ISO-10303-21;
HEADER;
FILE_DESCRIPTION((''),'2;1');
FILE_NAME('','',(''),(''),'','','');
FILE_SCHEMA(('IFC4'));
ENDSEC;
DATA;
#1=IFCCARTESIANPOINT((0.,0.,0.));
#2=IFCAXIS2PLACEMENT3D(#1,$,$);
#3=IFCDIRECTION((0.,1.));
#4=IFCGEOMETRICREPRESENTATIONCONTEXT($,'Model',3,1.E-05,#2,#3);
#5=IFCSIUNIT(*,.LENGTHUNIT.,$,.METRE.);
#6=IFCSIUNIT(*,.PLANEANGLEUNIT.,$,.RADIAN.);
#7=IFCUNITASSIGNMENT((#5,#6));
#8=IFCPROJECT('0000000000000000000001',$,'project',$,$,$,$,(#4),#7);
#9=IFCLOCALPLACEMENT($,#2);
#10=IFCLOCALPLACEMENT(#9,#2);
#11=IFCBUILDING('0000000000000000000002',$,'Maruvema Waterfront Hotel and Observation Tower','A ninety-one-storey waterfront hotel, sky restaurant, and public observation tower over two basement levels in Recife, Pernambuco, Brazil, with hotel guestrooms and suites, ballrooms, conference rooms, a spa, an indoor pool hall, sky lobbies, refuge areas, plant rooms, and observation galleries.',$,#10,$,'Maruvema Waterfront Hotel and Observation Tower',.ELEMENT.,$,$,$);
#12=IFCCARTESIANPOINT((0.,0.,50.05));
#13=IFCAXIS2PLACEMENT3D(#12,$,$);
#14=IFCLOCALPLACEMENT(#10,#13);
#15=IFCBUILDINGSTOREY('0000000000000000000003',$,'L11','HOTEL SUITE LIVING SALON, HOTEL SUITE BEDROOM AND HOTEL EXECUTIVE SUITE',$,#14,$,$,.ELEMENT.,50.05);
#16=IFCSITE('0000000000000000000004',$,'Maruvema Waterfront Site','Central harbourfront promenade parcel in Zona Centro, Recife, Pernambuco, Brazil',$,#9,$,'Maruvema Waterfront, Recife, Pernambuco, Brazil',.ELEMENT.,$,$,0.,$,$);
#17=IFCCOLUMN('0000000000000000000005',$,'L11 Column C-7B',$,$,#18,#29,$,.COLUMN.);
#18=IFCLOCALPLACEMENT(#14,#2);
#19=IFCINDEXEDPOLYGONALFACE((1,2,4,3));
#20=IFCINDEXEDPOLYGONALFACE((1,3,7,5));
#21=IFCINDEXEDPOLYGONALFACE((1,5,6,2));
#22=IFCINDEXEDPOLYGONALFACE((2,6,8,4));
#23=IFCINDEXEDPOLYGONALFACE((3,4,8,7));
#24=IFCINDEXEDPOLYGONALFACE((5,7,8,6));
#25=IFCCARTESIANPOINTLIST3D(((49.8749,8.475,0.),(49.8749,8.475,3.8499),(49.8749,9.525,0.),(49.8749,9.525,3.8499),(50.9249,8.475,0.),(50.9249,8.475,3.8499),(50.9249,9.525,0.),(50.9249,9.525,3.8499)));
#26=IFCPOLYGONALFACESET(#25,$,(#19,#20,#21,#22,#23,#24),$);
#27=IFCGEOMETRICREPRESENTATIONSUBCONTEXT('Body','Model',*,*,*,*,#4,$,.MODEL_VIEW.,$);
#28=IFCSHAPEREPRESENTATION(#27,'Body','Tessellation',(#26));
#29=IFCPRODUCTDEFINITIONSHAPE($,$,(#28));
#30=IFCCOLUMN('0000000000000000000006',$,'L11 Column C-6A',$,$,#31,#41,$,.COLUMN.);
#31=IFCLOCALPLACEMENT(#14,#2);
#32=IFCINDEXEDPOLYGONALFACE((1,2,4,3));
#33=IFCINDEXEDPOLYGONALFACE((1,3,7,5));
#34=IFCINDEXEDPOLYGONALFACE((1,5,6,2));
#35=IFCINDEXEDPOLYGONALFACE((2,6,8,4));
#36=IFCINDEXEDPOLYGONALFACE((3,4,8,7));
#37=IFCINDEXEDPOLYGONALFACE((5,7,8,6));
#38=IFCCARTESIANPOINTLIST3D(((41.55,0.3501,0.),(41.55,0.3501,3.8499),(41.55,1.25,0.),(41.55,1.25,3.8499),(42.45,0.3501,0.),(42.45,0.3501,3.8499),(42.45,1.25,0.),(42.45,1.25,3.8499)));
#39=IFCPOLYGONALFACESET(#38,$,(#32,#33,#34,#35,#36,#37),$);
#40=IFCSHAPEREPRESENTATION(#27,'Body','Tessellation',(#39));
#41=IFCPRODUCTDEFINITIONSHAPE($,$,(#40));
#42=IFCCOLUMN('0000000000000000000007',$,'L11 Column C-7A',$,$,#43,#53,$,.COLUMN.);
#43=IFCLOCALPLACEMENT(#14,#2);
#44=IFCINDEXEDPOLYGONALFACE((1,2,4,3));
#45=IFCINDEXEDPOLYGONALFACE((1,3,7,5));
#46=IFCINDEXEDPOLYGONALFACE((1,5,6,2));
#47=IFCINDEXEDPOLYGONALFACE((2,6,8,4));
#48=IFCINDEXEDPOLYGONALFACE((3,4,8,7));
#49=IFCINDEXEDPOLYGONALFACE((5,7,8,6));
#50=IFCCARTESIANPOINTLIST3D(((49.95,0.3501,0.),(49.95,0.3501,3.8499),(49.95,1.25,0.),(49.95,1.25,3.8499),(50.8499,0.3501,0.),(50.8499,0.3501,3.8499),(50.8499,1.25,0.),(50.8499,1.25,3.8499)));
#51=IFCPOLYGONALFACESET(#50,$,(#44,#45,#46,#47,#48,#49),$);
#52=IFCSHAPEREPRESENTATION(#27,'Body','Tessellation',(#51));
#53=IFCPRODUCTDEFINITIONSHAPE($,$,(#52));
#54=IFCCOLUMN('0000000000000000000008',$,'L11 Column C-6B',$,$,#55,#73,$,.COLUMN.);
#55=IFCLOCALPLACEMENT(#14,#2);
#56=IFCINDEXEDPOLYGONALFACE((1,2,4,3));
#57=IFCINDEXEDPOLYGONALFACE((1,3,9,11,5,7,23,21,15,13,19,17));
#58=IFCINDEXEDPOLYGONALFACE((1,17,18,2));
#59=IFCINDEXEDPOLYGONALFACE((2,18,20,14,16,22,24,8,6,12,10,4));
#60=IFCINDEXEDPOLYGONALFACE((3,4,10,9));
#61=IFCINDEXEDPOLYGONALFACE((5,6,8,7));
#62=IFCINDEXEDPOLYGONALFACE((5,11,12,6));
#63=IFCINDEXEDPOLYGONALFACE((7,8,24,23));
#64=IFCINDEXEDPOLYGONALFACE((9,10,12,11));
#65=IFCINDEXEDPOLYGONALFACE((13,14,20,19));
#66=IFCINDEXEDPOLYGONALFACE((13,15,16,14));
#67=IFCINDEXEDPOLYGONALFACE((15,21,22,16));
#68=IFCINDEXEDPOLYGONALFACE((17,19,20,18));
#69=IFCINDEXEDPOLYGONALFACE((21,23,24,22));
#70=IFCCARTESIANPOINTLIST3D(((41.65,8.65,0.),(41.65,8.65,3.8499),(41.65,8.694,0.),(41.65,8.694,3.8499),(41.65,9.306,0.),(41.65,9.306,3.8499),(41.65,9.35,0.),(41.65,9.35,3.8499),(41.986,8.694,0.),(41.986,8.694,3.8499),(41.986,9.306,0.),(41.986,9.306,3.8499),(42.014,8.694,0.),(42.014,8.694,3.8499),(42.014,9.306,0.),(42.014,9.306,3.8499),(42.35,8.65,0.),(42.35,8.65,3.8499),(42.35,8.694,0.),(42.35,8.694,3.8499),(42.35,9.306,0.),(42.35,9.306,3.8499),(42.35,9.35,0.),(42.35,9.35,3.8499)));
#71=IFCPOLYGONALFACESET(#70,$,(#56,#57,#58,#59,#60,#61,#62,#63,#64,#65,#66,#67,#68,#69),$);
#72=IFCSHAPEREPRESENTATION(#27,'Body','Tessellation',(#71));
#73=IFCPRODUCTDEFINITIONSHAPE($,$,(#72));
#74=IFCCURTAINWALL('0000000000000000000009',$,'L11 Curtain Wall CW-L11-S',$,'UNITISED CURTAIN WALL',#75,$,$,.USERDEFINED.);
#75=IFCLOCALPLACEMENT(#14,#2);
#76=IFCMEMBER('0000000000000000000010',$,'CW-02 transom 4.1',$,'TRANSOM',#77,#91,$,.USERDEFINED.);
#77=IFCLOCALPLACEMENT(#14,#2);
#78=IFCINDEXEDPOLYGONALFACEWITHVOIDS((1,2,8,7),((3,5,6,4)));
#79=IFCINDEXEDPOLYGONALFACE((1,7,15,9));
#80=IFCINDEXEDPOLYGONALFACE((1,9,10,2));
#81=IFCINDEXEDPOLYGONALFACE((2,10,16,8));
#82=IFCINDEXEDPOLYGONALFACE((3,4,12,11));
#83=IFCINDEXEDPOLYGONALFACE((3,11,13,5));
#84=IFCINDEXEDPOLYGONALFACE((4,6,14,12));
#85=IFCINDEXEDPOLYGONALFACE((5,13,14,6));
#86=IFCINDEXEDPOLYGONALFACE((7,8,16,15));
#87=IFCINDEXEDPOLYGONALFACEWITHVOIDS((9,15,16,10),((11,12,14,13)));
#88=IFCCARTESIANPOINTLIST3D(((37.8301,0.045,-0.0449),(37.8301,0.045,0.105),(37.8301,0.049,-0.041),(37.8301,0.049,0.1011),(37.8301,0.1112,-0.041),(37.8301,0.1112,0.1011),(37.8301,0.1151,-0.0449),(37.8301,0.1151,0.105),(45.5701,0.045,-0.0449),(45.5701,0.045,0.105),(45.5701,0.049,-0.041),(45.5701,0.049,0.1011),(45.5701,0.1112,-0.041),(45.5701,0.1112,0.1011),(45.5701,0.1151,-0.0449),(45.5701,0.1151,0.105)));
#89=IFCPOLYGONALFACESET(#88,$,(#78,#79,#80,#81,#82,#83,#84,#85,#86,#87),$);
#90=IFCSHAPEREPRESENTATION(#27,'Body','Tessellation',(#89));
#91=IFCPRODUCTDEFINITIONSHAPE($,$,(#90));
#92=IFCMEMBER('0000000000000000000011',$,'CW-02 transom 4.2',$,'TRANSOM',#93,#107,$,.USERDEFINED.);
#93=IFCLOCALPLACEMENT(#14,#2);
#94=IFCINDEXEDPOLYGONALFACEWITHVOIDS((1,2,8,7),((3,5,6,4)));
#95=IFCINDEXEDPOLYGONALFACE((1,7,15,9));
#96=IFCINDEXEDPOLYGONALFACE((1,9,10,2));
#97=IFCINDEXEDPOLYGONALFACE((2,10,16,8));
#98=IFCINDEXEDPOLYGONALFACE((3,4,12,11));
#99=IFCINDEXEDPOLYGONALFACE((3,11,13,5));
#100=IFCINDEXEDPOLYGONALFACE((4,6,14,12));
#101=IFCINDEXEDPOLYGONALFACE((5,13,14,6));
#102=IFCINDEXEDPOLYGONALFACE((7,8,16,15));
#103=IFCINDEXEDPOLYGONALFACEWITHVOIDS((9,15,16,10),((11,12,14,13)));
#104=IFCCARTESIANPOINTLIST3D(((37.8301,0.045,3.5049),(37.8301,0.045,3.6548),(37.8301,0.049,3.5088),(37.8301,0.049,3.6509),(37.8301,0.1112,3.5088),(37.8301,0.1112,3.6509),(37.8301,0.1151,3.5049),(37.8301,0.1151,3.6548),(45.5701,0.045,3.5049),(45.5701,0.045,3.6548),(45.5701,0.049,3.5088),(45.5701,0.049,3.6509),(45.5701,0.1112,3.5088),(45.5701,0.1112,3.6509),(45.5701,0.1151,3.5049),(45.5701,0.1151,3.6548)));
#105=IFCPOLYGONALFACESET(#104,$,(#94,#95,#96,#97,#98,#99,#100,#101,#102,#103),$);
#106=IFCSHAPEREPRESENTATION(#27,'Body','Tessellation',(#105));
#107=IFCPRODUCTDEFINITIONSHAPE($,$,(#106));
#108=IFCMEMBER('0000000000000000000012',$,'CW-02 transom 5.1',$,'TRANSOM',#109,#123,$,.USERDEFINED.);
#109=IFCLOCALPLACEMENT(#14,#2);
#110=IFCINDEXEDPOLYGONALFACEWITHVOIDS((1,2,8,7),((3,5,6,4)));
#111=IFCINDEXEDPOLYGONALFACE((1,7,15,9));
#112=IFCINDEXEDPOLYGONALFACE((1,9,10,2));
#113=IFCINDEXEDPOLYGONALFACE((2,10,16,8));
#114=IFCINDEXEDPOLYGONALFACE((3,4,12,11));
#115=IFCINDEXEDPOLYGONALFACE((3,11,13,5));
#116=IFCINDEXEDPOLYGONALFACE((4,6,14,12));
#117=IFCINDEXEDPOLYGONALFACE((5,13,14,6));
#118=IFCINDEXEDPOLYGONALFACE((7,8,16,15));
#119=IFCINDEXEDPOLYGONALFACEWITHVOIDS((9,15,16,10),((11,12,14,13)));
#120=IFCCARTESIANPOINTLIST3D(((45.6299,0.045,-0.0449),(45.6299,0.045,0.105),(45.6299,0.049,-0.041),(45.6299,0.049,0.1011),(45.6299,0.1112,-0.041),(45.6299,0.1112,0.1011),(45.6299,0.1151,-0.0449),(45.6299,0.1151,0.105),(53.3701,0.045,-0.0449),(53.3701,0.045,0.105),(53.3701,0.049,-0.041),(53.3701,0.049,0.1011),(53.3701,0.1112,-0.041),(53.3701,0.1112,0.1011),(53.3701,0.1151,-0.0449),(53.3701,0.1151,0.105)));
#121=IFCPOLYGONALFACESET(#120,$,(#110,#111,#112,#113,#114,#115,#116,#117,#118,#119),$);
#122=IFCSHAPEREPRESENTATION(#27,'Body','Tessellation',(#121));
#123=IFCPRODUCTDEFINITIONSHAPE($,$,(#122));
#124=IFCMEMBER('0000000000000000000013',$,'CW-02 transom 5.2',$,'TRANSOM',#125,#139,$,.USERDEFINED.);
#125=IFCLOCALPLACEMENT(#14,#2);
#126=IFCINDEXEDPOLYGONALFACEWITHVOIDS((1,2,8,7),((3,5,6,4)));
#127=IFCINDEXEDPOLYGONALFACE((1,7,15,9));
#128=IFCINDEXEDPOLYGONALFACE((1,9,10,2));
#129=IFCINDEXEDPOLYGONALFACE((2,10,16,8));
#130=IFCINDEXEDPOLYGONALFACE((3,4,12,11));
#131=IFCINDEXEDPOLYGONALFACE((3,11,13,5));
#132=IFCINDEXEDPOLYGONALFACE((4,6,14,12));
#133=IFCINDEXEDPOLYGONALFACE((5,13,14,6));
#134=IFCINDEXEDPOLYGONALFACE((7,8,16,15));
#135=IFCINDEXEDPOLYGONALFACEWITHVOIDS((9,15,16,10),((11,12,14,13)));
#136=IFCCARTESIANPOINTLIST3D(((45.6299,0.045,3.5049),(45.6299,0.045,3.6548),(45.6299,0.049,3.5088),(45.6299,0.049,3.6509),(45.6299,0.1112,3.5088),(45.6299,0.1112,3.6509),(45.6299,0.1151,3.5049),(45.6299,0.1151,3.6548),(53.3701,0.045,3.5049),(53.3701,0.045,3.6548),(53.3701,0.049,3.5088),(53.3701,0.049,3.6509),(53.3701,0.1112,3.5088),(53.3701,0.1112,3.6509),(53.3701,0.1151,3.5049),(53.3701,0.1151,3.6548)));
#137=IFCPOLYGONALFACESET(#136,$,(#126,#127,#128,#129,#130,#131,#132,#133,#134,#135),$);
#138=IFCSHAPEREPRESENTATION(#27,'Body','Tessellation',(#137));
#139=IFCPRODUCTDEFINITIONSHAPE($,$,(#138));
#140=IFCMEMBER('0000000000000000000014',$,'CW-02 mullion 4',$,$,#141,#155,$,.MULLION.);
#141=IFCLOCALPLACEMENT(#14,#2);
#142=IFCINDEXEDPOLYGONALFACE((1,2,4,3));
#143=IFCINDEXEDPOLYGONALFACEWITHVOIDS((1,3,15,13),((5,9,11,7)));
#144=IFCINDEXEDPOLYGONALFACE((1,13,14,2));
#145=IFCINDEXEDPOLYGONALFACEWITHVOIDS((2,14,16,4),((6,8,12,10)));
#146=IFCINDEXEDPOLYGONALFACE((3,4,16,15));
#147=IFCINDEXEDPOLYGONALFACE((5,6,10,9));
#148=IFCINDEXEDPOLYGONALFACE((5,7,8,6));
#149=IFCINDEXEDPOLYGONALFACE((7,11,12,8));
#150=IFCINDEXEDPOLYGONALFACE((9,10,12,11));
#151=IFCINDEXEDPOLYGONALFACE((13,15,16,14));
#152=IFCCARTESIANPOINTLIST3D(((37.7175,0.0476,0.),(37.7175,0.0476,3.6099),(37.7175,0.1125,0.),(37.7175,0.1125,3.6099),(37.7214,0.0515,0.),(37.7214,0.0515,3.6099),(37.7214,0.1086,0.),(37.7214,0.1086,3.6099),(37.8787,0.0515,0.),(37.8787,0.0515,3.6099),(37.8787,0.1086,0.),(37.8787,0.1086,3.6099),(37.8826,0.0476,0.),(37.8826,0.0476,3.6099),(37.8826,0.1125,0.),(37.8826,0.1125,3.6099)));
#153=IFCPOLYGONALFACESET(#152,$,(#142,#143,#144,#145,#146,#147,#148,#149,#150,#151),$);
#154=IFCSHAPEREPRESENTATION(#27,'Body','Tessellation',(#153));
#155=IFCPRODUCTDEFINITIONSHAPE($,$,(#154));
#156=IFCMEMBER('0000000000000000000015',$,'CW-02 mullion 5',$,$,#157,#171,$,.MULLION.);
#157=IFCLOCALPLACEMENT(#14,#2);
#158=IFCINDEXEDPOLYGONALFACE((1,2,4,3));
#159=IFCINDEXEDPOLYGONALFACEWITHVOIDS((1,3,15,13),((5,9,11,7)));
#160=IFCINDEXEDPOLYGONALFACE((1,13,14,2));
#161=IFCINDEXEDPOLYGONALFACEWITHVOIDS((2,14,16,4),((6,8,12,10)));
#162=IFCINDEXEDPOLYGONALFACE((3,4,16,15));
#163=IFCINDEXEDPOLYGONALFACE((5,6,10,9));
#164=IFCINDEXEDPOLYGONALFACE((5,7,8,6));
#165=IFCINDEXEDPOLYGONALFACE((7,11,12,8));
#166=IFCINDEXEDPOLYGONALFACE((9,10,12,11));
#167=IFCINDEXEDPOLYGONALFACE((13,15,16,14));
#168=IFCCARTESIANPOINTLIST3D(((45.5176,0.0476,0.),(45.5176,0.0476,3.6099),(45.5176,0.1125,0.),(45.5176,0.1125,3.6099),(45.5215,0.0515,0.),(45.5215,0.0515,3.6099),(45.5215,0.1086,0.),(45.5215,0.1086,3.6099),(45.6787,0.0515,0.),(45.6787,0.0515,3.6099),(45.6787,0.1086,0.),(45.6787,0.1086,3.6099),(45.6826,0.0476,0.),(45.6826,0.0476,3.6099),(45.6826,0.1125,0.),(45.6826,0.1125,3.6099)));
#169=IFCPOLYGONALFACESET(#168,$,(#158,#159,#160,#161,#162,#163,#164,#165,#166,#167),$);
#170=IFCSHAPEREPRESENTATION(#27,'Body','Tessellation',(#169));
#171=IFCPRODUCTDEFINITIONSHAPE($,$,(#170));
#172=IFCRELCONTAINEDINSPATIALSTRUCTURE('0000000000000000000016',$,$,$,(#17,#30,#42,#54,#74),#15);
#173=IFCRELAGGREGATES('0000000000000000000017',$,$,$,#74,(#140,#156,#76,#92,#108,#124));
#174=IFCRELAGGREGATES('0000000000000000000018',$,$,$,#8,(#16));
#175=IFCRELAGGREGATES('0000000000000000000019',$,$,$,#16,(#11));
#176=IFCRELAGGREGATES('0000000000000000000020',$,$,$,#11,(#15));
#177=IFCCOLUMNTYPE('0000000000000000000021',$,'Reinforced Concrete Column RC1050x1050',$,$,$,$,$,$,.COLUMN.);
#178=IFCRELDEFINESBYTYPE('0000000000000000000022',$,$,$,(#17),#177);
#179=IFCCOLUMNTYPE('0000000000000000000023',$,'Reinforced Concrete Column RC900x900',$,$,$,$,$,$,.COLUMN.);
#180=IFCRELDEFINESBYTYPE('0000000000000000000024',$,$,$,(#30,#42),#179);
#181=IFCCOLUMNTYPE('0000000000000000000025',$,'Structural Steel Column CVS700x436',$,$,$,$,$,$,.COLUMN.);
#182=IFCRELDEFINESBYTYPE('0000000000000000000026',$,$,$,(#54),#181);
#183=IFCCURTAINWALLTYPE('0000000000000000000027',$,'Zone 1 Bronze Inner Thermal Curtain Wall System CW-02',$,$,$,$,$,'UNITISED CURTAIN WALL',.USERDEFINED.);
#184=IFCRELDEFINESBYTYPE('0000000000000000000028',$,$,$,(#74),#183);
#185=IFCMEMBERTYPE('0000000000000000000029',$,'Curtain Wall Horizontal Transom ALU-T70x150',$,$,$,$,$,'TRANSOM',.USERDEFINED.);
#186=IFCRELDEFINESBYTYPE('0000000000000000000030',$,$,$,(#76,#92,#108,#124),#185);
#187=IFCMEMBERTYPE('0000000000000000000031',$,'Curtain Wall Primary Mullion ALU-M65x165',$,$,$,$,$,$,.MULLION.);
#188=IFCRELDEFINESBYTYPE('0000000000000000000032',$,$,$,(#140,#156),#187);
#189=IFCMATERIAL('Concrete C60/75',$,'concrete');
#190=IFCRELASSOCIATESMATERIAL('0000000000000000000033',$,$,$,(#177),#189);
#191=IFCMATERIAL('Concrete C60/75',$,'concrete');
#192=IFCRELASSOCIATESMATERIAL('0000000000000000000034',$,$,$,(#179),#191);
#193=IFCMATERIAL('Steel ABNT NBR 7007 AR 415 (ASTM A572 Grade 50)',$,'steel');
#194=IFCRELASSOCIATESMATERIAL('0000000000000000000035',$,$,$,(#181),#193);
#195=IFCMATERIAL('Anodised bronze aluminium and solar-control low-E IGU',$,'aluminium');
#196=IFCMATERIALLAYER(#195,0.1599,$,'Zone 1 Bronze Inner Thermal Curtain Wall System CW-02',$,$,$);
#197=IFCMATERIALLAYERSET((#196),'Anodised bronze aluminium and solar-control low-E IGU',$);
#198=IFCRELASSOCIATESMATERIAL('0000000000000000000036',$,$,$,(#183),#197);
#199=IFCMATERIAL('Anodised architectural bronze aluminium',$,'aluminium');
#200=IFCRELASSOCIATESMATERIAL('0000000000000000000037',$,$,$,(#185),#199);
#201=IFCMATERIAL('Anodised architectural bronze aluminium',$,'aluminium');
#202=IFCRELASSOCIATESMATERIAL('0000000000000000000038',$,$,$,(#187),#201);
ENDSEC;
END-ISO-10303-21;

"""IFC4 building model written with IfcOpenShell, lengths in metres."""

from ifc_helpers import new_model, si_unit, direction, frame, origin, origin_2d, place, context, subcontext, project, spatial, rectangle, hollow_rectangle, i_section, extrude, material, layer, layer_set, material_profile, profile_set, type_object, element, aggregate, save


model = new_model("IFC4")

# Units and contexts
model_context = context("Model", 3, precision=1e-05, world=origin(), true_north=direction((0.0, 1.0)))
body_context = subcontext(model_context, "Body", "Model", "MODEL_VIEW")
ifc_project = project(units=[si_unit("LENGTHUNIT", "METRE"), si_unit("PLANEANGLEUNIT", "RADIAN")], contexts=[model_context])

# Site, building, storey
site_placement = place(None, origin())
site = spatial("IfcSite", under=ifc_project, at=site_placement, Name="Maruvema Waterfront Site", Description="Central harbourfront promenade parcel in Zona Centro, Recife, Pernambuco, Brazil", LongName="Maruvema Waterfront, Recife, Pernambuco, Brazil", CompositionType="ELEMENT", RefElevation=0.0)
building_placement = place(site_placement, origin())
building = spatial("IfcBuilding", under=site, at=building_placement, Name="Maruvema Waterfront Hotel and Observation Tower", Description="A ninety-one-storey waterfront hotel, sky restaurant, and public observation tower over two basement levels in Recife, Pernambuco, Brazil, with hotel guestrooms and suites, ballrooms, conference rooms, a spa, an indoor pool hall, sky lobbies, refuge areas, plant rooms, and observation galleries.", LongName="Maruvema Waterfront Hotel and Observation Tower", CompositionType="ELEMENT")
storey_placement = place(building_placement, frame((0.0, 0.0, 50.05)))
storey = spatial("IfcBuildingStorey", under=building, at=storey_placement, Name="L11", Description="HOTEL SUITE LIVING SALON, HOTEL SUITE BEDROOM AND HOTEL EXECUTIVE SUITE", CompositionType="ELEMENT", Elevation=50.05)

# Columns
ifc_material_1 = material(Name="Concrete C60/75", Category="concrete")
ifc_material_profile_1 = material_profile(ifc_material_1, rectangle(XDim=1.05, YDim=1.05, at=origin_2d()), Name="RC1050x1050")
ifc_profile_set_1 = profile_set([ifc_material_profile_1], Name="Concrete C60/75")
column_type_1 = type_object("IfcColumnType", Name="Reinforced Concrete Column RC1050x1050", PredefinedType="COLUMN", material=ifc_profile_set_1)
column_1_placement = place(storey_placement, frame((50.3999, 9.0, 0.0), z_axis=(0.0, 0.0, 1.0), x_axis=(1.0, 0.0, 0.0)))
element("IfcColumn", 1, at=column_1_placement, inside=storey, type_object=column_type_1, Name="L11 Column C-7B", PredefinedType="COLUMN", context=body_context, shape_type="SweptSolid", body=[
    extrude(rectangle(XDim=1.05, YDim=1.05, at=origin_2d()), origin(), (0.0, 0.0, 1.0), 3.8499),
])
ifc_material_2 = material(Name="Concrete C60/75", Category="concrete")
ifc_material_profile_2 = material_profile(ifc_material_2, rectangle(XDim=0.8999, YDim=0.8999, at=origin_2d()), Name="RC900x900")
ifc_profile_set_2 = profile_set([ifc_material_profile_2], Name="Concrete C60/75")
column_type_2 = type_object("IfcColumnType", Name="Reinforced Concrete Column RC900x900", PredefinedType="COLUMN", material=ifc_profile_set_2)
for number, where, z_axis, x_axis, name in (
    (2, (42.0, 0.8, 0.0), (0.0, 0.0, 1.0), (1.0, 0.0, 0.0), "L11 Column C-6A"),
    (3, (50.3999, 0.8, 0.0), (0.0, 0.0, 1.0), (1.0, 0.0, 0.0), "L11 Column C-7A"),
):
    element("IfcColumn", number, at=place(storey_placement, frame(where, z_axis=z_axis, x_axis=x_axis)), inside=storey, type_object=column_type_2, Name=name, PredefinedType="COLUMN", context=body_context, shape_type="SweptSolid", body=[
        extrude(rectangle(XDim=0.8999, YDim=0.8999, at=origin_2d()), origin(), (0.0, 0.0, 1.0), 3.8499),
    ])
ifc_material_3 = material(Name="Steel ABNT NBR 7007 AR 415 (ASTM A572 Grade 50)", Category="steel")
ifc_material_profile_3 = material_profile(ifc_material_3, i_section(OverallWidth=0.7, OverallDepth=0.7, WebThickness=0.0281, FlangeThickness=0.0439, at=origin_2d()), Name="CVS700x436")
ifc_profile_set_3 = profile_set([ifc_material_profile_3], Name="Steel ABNT NBR 7007 AR 415 (ASTM A572 Grade 50)")
column_type_3 = type_object("IfcColumnType", Name="Structural Steel Column CVS700x436", PredefinedType="COLUMN", material=ifc_profile_set_3)
column_2_placement = place(storey_placement, frame((42.0, 9.0, 0.0), z_axis=(0.0, 0.0, 1.0), x_axis=(1.0, 0.0, 0.0)))
element("IfcColumn", 4, at=column_2_placement, inside=storey, type_object=column_type_3, Name="L11 Column C-6B", PredefinedType="COLUMN", context=body_context, shape_type="SweptSolid", body=[
    extrude(i_section(OverallWidth=0.7, OverallDepth=0.7, WebThickness=0.0281, FlangeThickness=0.0439, at=origin_2d()), origin(), (0.0, 0.0, 1.0), 3.8499),
])

# Curtain wall, members
ifc_material_4 = material(Name="Anodised bronze aluminium and solar-control low-E IGU", Category="aluminium")
ifc_layer_1 = layer(ifc_material_4, 0.1599, Name="Zone 1 Bronze Inner Thermal Curtain Wall System CW-02")
ifc_layer_set_1 = layer_set([ifc_layer_1], Name="Anodised bronze aluminium and solar-control low-E IGU")
curtain_wall_type = type_object("IfcCurtainWallType", Name="Zone 1 Bronze Inner Thermal Curtain Wall System CW-02", ElementType="UNITISED CURTAIN WALL", PredefinedType="USERDEFINED", material=ifc_layer_set_1)
curtain_wall_placement = place(storey_placement, origin())
curtain_wall = element("IfcCurtainWall", 5, at=curtain_wall_placement, inside=storey, type_object=curtain_wall_type, Name="L11 Curtain Wall CW-L11-S", ObjectType="UNITISED CURTAIN WALL", PredefinedType="USERDEFINED")
ifc_material_5 = material(Name="Anodised architectural bronze aluminium", Category="aluminium")
ifc_material_profile_4 = material_profile(ifc_material_5, hollow_rectangle(XDim=0.0701, YDim=0.1499, WallThickness=0.0039, at=origin_2d()), Name="ALU-T70x150")
ifc_profile_set_4 = profile_set([ifc_material_profile_4], Name="Anodised architectural bronze aluminium")
member_type_1 = type_object("IfcMemberType", Name="Curtain Wall Horizontal Transom ALU-T70x150", ElementType="TRANSOM", PredefinedType="USERDEFINED", material=ifc_profile_set_4)
member_1_placement = place(storey_placement, frame((37.8301, 0.0801, 0.03), z_axis=(1.0, 0.0, 0.0), x_axis=(0.0, 1.0, 0.0)))
member_1 = element("IfcMember", 6, at=member_1_placement, type_object=member_type_1, Name="CW-02 transom 4.1", ObjectType="TRANSOM", PredefinedType="USERDEFINED", context=body_context, shape_type="SweptSolid", body=[
    extrude(hollow_rectangle(XDim=0.0701, YDim=0.1499, WallThickness=0.0039, at=origin_2d()), origin(), (0.0, 0.0, 1.0), 7.74),
])
member_2_placement = place(storey_placement, frame((37.8301, 0.0801, 3.5798), z_axis=(1.0, 0.0, 0.0), x_axis=(0.0, 1.0, 0.0)))
member_2 = element("IfcMember", 7, at=member_2_placement, type_object=member_type_1, Name="CW-02 transom 4.2", ObjectType="TRANSOM", PredefinedType="USERDEFINED", context=body_context, shape_type="SweptSolid", body=[
    extrude(hollow_rectangle(XDim=0.0701, YDim=0.1499, WallThickness=0.0039, at=origin_2d()), origin(), (0.0, 0.0, 1.0), 7.74),
])
member_3_placement = place(storey_placement, frame((45.6299, 0.0801, 0.03), z_axis=(1.0, 0.0, 0.0), x_axis=(0.0, 1.0, 0.0)))
member_3 = element("IfcMember", 8, at=member_3_placement, type_object=member_type_1, Name="CW-02 transom 5.1", ObjectType="TRANSOM", PredefinedType="USERDEFINED", context=body_context, shape_type="SweptSolid", body=[
    extrude(hollow_rectangle(XDim=0.0701, YDim=0.1499, WallThickness=0.0039, at=origin_2d()), origin(), (0.0, 0.0, 1.0), 7.7402),
])
member_4_placement = place(storey_placement, frame((45.6299, 0.0801, 3.5798), z_axis=(1.0, 0.0, 0.0), x_axis=(0.0, 1.0, 0.0)))
member_4 = element("IfcMember", 9, at=member_4_placement, type_object=member_type_1, Name="CW-02 transom 5.2", ObjectType="TRANSOM", PredefinedType="USERDEFINED", context=body_context, shape_type="SweptSolid", body=[
    extrude(hollow_rectangle(XDim=0.0701, YDim=0.1499, WallThickness=0.0039, at=origin_2d()), origin(), (0.0, 0.0, 1.0), 7.7402),
])
ifc_material_6 = material(Name="Anodised architectural bronze aluminium", Category="aluminium")
ifc_material_profile_5 = material_profile(ifc_material_6, hollow_rectangle(XDim=0.0649, YDim=0.165, WallThickness=0.0039, at=origin_2d()), Name="ALU-M65x165")
ifc_profile_set_5 = profile_set([ifc_material_profile_5], Name="Anodised architectural bronze aluminium")
member_type_2 = type_object("IfcMemberType", Name="Curtain Wall Primary Mullion ALU-M65x165", PredefinedType="MULLION", material=ifc_profile_set_5)
member_5_placement = place(storey_placement, frame((37.8, 0.0801, 0.0), z_axis=(0.0, 0.0, 1.0), x_axis=(0.0, 1.0, 0.0)))
member_5 = element("IfcMember", 10, at=member_5_placement, type_object=member_type_2, Name="CW-02 mullion 4", PredefinedType="MULLION", context=body_context, shape_type="SweptSolid", body=[
    extrude(hollow_rectangle(XDim=0.0649, YDim=0.165, WallThickness=0.0039, at=origin_2d()), origin(), (0.0, 0.0, 1.0), 3.6099),
])
member_6_placement = place(storey_placement, frame((45.6001, 0.0801, 0.0), z_axis=(0.0, 0.0, 1.0), x_axis=(0.0, 1.0, 0.0)))
member_6 = element("IfcMember", 11, at=member_6_placement, type_object=member_type_2, Name="CW-02 mullion 5", PredefinedType="MULLION", context=body_context, shape_type="SweptSolid", body=[
    extrude(hollow_rectangle(XDim=0.0649, YDim=0.165, WallThickness=0.0039, at=origin_2d()), origin(), (0.0, 0.0, 1.0), 3.6099),
])

aggregate(curtain_wall, [member_5, member_6, member_1, member_2, member_3, member_4])

save(model, "model.ifc")
